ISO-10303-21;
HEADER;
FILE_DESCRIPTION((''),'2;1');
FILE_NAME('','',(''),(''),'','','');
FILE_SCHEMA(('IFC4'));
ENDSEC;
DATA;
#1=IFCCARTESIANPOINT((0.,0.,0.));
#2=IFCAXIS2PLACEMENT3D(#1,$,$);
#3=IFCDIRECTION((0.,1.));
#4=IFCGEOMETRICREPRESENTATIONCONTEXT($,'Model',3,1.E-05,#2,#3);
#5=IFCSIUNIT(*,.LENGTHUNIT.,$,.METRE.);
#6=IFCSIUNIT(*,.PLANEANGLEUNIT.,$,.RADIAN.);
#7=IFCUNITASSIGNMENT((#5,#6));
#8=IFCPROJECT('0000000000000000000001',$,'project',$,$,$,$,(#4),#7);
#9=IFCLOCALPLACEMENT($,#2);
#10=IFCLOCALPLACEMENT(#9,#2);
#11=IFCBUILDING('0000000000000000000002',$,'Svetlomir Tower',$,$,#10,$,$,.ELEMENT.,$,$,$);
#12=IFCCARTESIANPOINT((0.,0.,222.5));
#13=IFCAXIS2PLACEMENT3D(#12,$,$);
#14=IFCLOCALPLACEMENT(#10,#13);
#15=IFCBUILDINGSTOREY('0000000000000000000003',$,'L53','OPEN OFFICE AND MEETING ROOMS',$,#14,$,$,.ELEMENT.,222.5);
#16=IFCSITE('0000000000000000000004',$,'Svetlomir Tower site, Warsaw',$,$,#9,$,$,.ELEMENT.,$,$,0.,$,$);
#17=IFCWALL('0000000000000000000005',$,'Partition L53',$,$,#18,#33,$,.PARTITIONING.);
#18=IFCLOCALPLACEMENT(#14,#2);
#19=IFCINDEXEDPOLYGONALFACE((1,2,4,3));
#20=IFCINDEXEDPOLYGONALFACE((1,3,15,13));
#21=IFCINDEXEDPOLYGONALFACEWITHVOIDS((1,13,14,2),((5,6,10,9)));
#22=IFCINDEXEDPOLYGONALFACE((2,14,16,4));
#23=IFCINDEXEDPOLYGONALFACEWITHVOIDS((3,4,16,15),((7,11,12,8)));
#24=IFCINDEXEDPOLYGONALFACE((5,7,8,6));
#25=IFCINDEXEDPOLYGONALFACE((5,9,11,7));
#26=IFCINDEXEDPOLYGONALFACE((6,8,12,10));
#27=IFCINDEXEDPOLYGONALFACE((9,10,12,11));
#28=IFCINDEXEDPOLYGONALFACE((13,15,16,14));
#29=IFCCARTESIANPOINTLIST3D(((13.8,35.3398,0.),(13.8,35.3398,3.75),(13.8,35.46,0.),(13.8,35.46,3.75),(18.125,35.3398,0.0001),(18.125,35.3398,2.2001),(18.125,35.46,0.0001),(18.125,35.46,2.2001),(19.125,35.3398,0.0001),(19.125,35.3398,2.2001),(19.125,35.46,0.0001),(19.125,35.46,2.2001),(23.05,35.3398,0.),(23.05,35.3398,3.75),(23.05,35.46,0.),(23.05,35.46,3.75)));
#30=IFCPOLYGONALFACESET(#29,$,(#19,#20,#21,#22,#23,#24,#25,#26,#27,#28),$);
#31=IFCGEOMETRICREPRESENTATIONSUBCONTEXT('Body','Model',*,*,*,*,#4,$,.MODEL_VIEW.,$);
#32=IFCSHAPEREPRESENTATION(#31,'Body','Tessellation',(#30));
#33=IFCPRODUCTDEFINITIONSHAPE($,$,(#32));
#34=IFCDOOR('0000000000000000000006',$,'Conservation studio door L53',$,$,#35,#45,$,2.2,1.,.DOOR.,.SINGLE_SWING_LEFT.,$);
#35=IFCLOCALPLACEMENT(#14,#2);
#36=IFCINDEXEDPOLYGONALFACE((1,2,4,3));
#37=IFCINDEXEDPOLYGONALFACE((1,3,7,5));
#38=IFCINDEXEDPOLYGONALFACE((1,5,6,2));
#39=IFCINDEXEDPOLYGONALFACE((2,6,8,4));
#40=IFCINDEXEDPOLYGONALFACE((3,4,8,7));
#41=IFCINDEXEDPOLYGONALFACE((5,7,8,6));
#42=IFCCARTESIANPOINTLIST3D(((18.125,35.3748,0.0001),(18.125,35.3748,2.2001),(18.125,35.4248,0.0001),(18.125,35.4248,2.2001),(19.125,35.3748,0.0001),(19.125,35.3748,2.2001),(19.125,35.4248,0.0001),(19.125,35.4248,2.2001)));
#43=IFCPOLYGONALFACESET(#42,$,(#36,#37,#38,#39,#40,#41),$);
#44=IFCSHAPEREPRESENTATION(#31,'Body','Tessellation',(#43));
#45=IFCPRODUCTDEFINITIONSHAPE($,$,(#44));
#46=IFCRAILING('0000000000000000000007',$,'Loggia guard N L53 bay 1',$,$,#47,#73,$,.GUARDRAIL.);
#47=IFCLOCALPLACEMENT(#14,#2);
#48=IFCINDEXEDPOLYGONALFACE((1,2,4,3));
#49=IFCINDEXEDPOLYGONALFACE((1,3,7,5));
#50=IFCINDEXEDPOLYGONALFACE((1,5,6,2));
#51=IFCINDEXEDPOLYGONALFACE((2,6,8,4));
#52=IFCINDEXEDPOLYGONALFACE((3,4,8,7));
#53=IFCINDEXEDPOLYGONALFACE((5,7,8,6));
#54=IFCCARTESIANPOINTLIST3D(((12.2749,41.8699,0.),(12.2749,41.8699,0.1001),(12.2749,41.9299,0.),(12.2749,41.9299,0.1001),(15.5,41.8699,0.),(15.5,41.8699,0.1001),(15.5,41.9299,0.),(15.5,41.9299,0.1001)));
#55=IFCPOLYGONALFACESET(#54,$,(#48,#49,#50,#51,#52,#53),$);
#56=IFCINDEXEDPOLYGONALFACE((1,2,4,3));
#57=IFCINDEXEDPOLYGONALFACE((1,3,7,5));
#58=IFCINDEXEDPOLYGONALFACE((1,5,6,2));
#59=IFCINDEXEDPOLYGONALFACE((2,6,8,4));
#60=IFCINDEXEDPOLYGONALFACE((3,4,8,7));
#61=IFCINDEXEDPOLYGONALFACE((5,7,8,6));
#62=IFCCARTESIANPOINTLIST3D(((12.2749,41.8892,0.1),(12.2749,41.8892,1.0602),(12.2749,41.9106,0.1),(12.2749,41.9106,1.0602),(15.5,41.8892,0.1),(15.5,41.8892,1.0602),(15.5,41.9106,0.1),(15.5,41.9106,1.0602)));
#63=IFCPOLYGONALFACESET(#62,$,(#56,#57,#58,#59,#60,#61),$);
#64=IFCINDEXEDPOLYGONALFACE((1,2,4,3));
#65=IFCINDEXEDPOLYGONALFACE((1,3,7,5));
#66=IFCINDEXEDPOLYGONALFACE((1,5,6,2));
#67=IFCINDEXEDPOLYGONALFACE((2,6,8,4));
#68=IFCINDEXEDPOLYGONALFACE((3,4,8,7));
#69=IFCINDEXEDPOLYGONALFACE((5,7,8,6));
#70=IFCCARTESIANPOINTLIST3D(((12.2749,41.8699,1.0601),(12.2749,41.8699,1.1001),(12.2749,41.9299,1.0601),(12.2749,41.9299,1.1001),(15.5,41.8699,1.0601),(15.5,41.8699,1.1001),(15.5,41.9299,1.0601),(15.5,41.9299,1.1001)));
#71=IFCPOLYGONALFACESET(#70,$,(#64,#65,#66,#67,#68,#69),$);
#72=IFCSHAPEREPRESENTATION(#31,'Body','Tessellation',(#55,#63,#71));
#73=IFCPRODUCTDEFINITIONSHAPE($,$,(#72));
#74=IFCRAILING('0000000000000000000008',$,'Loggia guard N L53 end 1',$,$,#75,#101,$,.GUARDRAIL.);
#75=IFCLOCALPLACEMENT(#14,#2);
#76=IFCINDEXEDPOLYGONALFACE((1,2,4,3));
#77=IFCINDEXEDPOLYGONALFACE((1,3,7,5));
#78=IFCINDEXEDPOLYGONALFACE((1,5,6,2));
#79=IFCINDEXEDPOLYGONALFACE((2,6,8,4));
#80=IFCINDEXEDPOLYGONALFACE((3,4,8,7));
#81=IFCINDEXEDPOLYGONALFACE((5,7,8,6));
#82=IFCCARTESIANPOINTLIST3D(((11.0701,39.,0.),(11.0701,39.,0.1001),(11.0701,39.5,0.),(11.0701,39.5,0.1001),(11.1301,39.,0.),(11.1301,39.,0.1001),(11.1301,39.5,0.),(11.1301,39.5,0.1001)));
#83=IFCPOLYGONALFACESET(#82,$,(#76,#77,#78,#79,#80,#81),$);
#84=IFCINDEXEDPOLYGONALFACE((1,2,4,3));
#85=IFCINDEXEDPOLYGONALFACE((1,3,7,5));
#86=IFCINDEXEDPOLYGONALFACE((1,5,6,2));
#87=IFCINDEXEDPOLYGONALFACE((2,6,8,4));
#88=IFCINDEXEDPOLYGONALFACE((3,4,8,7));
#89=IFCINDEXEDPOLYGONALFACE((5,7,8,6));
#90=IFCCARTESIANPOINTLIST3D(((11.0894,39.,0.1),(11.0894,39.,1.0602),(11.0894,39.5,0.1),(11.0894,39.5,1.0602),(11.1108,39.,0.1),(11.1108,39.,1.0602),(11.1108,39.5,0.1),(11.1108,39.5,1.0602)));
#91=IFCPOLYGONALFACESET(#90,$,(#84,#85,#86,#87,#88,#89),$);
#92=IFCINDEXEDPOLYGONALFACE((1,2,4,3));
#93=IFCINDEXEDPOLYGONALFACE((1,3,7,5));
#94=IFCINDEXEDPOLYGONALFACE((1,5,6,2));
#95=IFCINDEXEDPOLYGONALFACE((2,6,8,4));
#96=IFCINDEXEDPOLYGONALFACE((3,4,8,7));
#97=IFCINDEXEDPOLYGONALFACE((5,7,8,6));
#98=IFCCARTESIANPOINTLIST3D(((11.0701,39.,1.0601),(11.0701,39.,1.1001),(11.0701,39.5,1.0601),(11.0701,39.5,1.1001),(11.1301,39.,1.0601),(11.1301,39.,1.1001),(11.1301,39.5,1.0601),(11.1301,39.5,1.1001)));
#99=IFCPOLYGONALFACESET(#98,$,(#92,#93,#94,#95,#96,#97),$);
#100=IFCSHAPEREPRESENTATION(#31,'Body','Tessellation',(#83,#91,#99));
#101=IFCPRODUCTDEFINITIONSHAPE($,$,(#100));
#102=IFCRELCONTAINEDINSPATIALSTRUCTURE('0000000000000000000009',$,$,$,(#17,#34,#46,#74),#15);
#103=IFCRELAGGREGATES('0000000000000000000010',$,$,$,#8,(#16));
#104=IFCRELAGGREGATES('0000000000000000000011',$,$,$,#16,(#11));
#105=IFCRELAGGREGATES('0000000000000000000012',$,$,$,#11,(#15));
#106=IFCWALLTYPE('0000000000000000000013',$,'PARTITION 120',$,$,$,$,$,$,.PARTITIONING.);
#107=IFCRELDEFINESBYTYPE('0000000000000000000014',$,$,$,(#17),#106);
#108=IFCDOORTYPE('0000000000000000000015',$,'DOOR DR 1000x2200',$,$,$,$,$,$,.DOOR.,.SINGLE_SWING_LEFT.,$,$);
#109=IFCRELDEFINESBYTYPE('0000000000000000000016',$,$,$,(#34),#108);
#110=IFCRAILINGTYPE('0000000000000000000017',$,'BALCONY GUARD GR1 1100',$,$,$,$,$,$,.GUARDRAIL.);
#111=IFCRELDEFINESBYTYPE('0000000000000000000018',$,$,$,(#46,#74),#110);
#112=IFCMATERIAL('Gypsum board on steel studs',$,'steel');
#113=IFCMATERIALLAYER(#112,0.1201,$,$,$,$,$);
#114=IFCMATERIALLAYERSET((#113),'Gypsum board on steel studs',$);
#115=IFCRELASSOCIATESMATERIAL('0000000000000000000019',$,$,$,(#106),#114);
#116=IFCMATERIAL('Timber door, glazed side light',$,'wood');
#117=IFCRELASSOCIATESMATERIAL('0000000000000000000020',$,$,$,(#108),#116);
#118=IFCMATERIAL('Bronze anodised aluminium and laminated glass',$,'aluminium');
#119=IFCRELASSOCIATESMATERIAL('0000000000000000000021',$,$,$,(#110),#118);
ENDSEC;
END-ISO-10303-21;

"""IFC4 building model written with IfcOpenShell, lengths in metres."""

from ifc_helpers import new_model, si_unit, direction, frame, frame_2d, origin, origin_2d, place, context, subcontext, project, spatial, rectangle, extrude, material, layer, layer_set, type_object, element, fill, save


model = new_model("IFC4")

# Units and contexts
model_context = context("Model", 3, precision=1e-05, world=origin(), true_north=direction((0.0, 1.0)))
body_context = subcontext(model_context, "Body", "Model", "MODEL_VIEW")
ifc_project = project(units=[si_unit("LENGTHUNIT", "METRE"), si_unit("PLANEANGLEUNIT", "RADIAN")], contexts=[model_context])

# Site, building, storey
site_placement = place(None, origin())
site = spatial("IfcSite", under=ifc_project, at=site_placement, Name="Svetlomir Tower site, Warsaw", CompositionType="ELEMENT", RefElevation=0.0)
building_placement = place(site_placement, origin())
building = spatial("IfcBuilding", under=site, at=building_placement, Name="Svetlomir Tower", CompositionType="ELEMENT")
storey_placement = place(building_placement, frame((0.0, 0.0, 222.5)))
storey = spatial("IfcBuildingStorey", under=building, at=storey_placement, Name="L53", Description="OPEN OFFICE AND MEETING ROOMS", CompositionType="ELEMENT", Elevation=222.5)

# Shared definitions
ifc_material_1 = material(Name="Gypsum board on steel studs", Category="steel")
ifc_layer_1 = layer(ifc_material_1, 0.1201)
ifc_layer_set_1 = layer_set([ifc_layer_1], Name="Gypsum board on steel studs")
wall_type = type_object("IfcWallType", Name="PARTITION 120", PredefinedType="PARTITIONING", material=ifc_layer_set_1)
ifc_material_2 = material(Name="Timber door, glazed side light", Category="wood")
door_type = type_object("IfcDoorType", Name="DOOR DR 1000x2200", OperationType="SINGLE_SWING_LEFT", PredefinedType="DOOR", material=ifc_material_2)

# Wall, opening, door
wall_1_placement = place(storey_placement, frame((13.8, 35.3999, 0.0), z_axis=(0.0, 0.0, 1.0), x_axis=(1.0, 0.0, 0.0)))
wall_1 = element("IfcWall", 1, at=wall_1_placement, inside=storey, type_object=wall_type, Name="Partition L53", PredefinedType="PARTITIONING", context=body_context, shape_type="SweptSolid", body=[
    extrude(rectangle(XDim=9.25, YDim=0.1201, at=frame_2d((4.625, 0.0))), origin(), (0.0, 0.0, 1.0), 3.75),
])
opening_1_placement = place(wall_1_placement, frame((4.325, 0.0, 0.0)))
opening_1 = element("IfcOpeningElement", 2, at=opening_1_placement, cuts=wall_1, PredefinedType="OPENING", context=body_context, shape_type="SweptSolid", body=[
    extrude(rectangle(XDim=1.0, YDim=2.2, at=frame_2d((0.5, 1.1001))), frame((0.0, 0.0701, 0.0), z_axis=(0.0, -1.0, 0.0), x_axis=(1.0, 0.0, 0.0)), (0.0, 0.0, 1.0), 0.1401),
])
door_1_placement = place(opening_1_placement, origin())
door_1 = element("IfcDoor", 3, at=door_1_placement, inside=storey, type_object=door_type, Name="Conservation studio door L53", OperationType="SINGLE_SWING_LEFT", OverallHeight=2.2, OverallWidth=1.0, PredefinedType="DOOR", context=body_context, shape_type="SweptSolid", body=[
    extrude(rectangle(XDim=1.0, YDim=2.2, at=frame_2d((0.5, 1.1001))), frame((0.0, 0.0249, 0.0), z_axis=(0.0, -1.0, 0.0), x_axis=(1.0, 0.0, 0.0)), (0.0, 0.0, 1.0), 0.05),
])
fill(opening_1, door_1)

# Railings
ifc_material_3 = material(Name="Bronze anodised aluminium and laminated glass", Category="aluminium")
railing_type = type_object("IfcRailingType", Name="BALCONY GUARD GR1 1100", PredefinedType="GUARDRAIL", material=ifc_material_3)
railing_1_placement = place(storey_placement, frame((12.2749, 41.8999, 0.0)))
element("IfcRailing", 4, at=railing_1_placement, inside=storey, type_object=railing_type, Name="Loggia guard N L53 bay 1", PredefinedType="GUARDRAIL", context=body_context, shape_type="SweptSolid", body=[
    extrude(rectangle(XDim=0.0601, YDim=0.1001, at=origin_2d()), frame((0.0, 0.0, 0.05), z_axis=(1.0, 0.0, 0.0), x_axis=(0.0, 1.0, 0.0)), (0.0, 0.0, 1.0), 3.2251),
    extrude(rectangle(XDim=0.0215, YDim=0.9602, at=origin_2d()), frame((0.0, 0.0, 0.5801), z_axis=(1.0, 0.0, 0.0), x_axis=(0.0, 1.0, 0.0)), (0.0, 0.0, 1.0), 3.2251),
    extrude(rectangle(XDim=0.0601, YDim=0.04, at=origin_2d()), frame((0.0, 0.0, 1.0801), z_axis=(1.0, 0.0, 0.0), x_axis=(0.0, 1.0, 0.0)), (0.0, 0.0, 1.0), 3.2251),
])
railing_2_placement = place(storey_placement, frame((11.1001, 39.5, 0.0)))
element("IfcRailing", 5, at=railing_2_placement, inside=storey, type_object=railing_type, Name="Loggia guard N L53 end 1", PredefinedType="GUARDRAIL", context=body_context, shape_type="SweptSolid", body=[
    extrude(rectangle(XDim=0.0601, YDim=0.1001, at=origin_2d()), frame((0.0, 0.0, 0.05), z_axis=(0.0, -1.0, 0.0), x_axis=(1.0, 0.0, 0.0)), (0.0, 0.0, 1.0), 0.5),
    extrude(rectangle(XDim=0.0215, YDim=0.9602, at=origin_2d()), frame((0.0, 0.0, 0.5801), z_axis=(0.0, -1.0, 0.0), x_axis=(1.0, 0.0, 0.0)), (0.0, 0.0, 1.0), 0.5),
    extrude(rectangle(XDim=0.0601, YDim=0.04, at=origin_2d()), frame((0.0, 0.0, 1.0801), z_axis=(0.0, -1.0, 0.0), x_axis=(1.0, 0.0, 0.0)), (0.0, 0.0, 1.0), 0.5),
])

save(model, "model.ifc")
